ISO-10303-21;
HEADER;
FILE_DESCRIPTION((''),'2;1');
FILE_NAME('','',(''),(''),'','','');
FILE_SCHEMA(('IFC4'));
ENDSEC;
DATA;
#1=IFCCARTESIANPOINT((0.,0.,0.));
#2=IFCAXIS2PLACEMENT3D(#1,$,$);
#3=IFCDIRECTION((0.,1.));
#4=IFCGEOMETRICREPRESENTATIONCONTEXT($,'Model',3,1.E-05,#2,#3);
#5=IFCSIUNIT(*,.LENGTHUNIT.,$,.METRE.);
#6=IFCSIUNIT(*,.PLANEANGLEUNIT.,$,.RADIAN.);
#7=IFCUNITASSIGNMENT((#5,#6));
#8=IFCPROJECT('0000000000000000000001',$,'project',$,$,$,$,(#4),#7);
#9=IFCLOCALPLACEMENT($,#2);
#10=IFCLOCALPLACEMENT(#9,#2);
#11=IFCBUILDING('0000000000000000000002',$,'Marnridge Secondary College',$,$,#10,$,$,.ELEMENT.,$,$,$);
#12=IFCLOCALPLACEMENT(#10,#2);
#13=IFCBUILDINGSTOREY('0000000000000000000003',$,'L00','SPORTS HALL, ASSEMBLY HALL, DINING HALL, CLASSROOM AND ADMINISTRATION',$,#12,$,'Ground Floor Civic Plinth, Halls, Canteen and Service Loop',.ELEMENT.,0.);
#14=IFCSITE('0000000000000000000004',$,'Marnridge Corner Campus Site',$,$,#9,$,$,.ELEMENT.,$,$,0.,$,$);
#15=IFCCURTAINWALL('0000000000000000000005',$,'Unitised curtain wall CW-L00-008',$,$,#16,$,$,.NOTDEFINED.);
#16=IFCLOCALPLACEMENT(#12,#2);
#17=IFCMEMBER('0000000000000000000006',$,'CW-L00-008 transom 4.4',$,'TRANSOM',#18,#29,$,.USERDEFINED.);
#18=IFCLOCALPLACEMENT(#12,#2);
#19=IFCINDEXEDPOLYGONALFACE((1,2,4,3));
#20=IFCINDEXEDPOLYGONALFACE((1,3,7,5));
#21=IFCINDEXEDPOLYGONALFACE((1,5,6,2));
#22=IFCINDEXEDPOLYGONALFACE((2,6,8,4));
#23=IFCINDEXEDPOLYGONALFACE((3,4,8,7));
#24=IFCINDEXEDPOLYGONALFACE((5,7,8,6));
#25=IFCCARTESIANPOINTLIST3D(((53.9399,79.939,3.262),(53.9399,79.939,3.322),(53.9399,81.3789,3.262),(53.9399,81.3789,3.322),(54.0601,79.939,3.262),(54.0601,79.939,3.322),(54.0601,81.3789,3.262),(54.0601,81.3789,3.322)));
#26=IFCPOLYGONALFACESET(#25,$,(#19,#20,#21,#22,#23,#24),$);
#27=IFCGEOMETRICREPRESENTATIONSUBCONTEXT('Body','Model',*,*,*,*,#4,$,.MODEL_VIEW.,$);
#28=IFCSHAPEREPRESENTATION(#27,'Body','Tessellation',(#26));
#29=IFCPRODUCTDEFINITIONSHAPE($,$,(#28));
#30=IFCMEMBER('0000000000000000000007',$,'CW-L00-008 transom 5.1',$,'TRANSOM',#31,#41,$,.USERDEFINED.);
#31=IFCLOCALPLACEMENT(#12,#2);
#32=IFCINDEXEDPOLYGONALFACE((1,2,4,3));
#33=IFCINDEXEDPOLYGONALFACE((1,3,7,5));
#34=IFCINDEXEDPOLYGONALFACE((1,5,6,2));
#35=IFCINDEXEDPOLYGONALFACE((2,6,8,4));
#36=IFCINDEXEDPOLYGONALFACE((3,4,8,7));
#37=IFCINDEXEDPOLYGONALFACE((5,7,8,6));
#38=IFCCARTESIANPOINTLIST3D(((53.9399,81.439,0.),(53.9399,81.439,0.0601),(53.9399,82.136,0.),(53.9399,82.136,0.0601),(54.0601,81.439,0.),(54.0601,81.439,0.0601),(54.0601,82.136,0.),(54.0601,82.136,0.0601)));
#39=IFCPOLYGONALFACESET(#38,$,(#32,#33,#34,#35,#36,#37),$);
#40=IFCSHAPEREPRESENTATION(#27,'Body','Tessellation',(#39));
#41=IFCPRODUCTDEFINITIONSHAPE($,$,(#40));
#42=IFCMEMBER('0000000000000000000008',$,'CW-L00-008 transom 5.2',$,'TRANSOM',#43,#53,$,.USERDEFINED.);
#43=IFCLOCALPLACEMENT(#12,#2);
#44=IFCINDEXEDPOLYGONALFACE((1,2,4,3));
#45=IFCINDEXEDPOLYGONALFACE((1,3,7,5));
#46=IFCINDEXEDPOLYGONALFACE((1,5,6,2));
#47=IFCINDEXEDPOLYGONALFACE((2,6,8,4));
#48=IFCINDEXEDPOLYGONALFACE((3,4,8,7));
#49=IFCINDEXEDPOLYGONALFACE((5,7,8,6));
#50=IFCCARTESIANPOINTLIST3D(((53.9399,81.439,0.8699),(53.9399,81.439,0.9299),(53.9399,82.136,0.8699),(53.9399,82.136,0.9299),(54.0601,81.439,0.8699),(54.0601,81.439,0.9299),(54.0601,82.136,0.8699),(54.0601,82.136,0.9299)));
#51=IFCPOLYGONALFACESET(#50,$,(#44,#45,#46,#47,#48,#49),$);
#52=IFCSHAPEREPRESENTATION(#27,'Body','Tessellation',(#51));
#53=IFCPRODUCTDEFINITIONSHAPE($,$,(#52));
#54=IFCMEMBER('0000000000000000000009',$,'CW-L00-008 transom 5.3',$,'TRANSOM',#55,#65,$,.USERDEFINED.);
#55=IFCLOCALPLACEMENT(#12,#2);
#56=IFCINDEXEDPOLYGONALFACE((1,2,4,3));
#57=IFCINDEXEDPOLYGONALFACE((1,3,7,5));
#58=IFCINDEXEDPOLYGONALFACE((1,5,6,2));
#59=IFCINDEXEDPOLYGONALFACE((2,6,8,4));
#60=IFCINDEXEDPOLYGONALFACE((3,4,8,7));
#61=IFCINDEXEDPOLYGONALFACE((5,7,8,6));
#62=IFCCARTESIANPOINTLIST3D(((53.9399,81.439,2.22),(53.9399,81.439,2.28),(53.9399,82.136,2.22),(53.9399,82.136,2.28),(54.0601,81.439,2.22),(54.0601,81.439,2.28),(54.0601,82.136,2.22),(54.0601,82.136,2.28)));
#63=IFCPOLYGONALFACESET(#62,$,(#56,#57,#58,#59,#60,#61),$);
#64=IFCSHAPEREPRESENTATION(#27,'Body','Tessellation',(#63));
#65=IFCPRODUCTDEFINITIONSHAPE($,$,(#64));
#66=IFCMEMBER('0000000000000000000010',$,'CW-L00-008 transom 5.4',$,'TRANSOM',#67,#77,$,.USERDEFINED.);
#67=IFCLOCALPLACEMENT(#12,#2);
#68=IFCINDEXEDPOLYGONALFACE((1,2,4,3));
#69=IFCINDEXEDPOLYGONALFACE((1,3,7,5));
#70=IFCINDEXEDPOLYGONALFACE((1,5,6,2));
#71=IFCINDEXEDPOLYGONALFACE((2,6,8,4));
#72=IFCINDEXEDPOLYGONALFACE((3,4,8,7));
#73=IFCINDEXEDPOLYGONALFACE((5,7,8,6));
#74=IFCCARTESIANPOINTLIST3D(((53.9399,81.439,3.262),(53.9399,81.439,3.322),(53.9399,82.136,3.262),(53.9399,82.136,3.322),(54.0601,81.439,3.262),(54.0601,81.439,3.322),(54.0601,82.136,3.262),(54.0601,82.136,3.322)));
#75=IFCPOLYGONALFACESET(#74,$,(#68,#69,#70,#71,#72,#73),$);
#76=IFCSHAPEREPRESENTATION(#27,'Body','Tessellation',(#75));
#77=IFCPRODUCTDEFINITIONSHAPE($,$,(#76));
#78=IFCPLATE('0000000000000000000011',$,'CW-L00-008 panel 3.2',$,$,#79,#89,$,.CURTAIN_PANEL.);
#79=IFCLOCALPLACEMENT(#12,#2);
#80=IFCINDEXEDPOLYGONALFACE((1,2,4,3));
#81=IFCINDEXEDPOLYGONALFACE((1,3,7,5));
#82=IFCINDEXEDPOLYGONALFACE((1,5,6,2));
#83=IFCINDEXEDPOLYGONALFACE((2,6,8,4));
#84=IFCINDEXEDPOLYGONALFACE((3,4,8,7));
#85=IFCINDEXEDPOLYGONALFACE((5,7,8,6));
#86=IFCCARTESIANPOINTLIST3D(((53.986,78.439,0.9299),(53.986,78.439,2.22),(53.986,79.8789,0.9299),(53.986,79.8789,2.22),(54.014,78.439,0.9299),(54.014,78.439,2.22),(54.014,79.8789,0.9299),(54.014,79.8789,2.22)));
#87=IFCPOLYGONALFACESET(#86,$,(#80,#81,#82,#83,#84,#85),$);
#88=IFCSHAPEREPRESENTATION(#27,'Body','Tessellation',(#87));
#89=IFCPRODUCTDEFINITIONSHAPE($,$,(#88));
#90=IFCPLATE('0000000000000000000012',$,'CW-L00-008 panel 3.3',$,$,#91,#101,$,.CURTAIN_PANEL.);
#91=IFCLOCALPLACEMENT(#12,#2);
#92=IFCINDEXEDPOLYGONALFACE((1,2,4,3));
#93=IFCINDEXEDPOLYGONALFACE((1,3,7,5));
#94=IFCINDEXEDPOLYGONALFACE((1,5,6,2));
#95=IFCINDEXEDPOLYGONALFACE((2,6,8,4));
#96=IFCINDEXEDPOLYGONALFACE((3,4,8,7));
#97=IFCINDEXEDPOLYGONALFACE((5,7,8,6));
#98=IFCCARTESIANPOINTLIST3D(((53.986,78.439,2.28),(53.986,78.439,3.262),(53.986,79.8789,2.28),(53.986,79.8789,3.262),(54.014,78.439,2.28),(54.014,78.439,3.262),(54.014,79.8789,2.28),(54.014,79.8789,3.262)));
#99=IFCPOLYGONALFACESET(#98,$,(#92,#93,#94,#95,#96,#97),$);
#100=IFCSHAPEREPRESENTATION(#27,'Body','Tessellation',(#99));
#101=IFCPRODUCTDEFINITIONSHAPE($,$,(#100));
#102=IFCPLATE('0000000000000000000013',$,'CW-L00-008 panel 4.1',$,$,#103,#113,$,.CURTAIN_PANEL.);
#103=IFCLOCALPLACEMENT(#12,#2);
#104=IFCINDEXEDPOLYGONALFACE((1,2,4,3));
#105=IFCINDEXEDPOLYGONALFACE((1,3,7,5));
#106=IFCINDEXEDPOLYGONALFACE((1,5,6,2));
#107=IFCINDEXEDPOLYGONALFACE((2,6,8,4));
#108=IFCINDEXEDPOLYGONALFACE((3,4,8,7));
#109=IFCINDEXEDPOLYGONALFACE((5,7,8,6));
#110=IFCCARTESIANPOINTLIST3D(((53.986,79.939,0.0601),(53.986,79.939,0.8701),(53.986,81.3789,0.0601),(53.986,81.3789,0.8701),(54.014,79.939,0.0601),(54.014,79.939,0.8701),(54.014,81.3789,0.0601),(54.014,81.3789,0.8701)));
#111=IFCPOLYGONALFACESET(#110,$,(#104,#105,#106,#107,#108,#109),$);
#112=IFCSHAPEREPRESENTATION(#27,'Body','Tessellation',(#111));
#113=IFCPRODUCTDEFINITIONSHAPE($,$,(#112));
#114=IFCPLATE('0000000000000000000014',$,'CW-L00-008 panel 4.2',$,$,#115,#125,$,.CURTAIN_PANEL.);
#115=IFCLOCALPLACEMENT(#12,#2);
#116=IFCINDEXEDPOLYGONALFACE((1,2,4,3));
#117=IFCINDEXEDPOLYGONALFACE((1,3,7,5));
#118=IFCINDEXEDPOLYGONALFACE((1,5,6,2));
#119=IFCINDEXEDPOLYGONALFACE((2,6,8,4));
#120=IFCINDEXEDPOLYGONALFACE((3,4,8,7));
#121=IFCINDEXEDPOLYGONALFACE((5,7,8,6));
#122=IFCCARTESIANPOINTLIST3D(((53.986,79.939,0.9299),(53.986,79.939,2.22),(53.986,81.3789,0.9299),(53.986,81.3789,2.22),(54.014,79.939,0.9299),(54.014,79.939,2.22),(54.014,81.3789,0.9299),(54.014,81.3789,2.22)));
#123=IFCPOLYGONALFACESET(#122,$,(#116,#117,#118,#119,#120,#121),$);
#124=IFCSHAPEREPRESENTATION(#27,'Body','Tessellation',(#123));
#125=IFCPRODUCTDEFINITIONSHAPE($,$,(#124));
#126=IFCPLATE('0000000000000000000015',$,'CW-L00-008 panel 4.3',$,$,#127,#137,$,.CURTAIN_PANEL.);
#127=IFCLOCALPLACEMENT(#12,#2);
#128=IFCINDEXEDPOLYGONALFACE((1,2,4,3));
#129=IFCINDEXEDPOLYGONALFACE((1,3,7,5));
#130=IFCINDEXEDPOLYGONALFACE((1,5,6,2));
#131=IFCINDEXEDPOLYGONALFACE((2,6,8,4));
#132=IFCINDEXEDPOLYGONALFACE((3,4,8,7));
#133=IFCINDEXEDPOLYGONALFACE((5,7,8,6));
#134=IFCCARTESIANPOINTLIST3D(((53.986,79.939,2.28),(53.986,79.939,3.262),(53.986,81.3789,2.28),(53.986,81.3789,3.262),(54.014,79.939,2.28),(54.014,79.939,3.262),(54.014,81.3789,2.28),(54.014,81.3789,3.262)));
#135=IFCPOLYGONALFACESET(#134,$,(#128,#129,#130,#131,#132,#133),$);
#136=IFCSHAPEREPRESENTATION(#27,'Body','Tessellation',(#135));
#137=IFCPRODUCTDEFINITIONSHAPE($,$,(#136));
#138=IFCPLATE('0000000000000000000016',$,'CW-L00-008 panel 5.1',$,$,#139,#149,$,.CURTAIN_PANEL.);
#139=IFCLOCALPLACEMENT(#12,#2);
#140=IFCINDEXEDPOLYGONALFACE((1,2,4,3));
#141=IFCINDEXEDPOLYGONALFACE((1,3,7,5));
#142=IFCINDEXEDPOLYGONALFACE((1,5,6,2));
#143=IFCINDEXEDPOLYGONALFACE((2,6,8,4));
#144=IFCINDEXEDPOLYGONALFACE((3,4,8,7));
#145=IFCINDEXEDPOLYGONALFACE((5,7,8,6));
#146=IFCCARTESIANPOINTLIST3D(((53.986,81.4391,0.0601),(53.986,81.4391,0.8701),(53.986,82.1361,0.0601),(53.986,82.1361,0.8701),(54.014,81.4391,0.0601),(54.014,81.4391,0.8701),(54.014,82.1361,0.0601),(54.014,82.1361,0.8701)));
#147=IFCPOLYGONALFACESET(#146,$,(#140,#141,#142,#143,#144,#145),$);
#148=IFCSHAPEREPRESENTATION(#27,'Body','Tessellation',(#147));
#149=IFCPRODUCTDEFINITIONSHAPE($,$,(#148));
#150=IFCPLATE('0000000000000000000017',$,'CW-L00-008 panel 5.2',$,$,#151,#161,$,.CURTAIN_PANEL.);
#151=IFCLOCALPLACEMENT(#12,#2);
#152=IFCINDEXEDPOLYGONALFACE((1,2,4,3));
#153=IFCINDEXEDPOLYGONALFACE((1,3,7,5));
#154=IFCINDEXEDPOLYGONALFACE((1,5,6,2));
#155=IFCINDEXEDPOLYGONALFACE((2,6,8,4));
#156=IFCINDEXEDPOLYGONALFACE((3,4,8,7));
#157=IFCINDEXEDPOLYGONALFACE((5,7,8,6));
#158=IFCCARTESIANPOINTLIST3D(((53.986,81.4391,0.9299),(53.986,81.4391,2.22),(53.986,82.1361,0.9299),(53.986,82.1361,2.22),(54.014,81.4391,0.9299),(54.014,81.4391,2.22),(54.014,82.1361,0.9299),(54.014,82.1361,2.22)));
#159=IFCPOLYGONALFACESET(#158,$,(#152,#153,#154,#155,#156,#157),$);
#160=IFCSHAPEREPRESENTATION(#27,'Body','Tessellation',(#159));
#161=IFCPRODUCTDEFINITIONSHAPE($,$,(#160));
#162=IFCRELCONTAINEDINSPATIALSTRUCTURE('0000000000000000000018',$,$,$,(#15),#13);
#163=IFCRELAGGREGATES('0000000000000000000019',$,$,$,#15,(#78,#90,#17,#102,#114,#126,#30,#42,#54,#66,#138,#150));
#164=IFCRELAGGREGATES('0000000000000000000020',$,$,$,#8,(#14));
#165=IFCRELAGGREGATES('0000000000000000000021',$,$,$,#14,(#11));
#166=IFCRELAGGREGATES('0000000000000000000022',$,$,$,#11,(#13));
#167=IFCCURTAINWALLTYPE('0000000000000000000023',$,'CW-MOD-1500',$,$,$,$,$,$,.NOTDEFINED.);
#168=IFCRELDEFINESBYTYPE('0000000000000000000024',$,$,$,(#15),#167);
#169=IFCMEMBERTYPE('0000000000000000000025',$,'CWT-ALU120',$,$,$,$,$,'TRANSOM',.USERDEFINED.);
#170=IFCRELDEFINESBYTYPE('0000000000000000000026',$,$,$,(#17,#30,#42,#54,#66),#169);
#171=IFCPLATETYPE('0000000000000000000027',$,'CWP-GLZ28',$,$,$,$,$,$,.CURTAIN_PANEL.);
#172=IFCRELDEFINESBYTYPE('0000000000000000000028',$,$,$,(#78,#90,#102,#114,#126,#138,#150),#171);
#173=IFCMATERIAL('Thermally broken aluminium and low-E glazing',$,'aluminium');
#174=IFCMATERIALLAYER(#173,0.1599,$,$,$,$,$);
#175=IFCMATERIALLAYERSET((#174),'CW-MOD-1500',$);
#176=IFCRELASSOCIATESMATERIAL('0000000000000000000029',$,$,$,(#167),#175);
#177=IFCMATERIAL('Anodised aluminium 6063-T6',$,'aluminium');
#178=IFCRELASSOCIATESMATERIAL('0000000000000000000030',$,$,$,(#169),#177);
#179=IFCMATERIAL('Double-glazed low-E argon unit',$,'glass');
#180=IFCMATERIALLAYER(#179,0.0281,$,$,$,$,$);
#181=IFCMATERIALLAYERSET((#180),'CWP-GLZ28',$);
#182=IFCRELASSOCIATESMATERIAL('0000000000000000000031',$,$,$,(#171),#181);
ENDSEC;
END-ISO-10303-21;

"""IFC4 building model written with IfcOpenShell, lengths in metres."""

from ifc_helpers import new_model, si_unit, direction, frame, origin, origin_2d, place, context, subcontext, project, spatial, rectangle, extrude, material, layer, layer_set, material_profile, profile_set, type_object, element, aggregate, save


model = new_model("IFC4")

# Units and contexts
model_context = context("Model", 3, precision=1e-05, world=origin(), true_north=direction((0.0, 1.0)))
body_context = subcontext(model_context, "Body", "Model", "MODEL_VIEW")
ifc_project = project(units=[si_unit("LENGTHUNIT", "METRE"), si_unit("PLANEANGLEUNIT", "RADIAN")], contexts=[model_context])

# Site, building, storey
site_placement = place(None, origin())
site = spatial("IfcSite", under=ifc_project, at=site_placement, Name="Marnridge Corner Campus Site", CompositionType="ELEMENT", RefElevation=0.0)
building_placement = place(site_placement, origin())
building = spatial("IfcBuilding", under=site, at=building_placement, Name="Marnridge Secondary College", CompositionType="ELEMENT")
storey_placement = place(building_placement, origin())
storey = spatial("IfcBuildingStorey", under=building, at=storey_placement, Name="L00", Description="SPORTS HALL, ASSEMBLY HALL, DINING HALL, CLASSROOM AND ADMINISTRATION", LongName="Ground Floor Civic Plinth, Halls, Canteen and Service Loop", CompositionType="ELEMENT", Elevation=0.0)

# Curtain wall, members, plates
ifc_material_1 = material(Name="Thermally broken aluminium and low-E glazing", Category="aluminium")
ifc_layer_1 = layer(ifc_material_1, 0.1599)
ifc_layer_set_1 = layer_set([ifc_layer_1], Name="CW-MOD-1500")
curtain_wall_type = type_object("IfcCurtainWallType", Name="CW-MOD-1500", PredefinedType="NOTDEFINED", material=ifc_layer_set_1)
curtain_wall_placement = place(storey_placement, origin())
curtain_wall = element("IfcCurtainWall", 1, at=curtain_wall_placement, inside=storey, type_object=curtain_wall_type, Name="Unitised curtain wall CW-L00-008", PredefinedType="NOTDEFINED")
ifc_material_2 = material(Name="Anodised aluminium 6063-T6", Category="aluminium")
ifc_material_profile_1 = material_profile(ifc_material_2, rectangle(XDim=0.0601, YDim=0.1201, at=origin_2d()), Name="ALU 60x120")
ifc_profile_set_1 = profile_set([ifc_material_profile_1], Name="Anodised aluminium 6063-T6")
member_type_1 = type_object("IfcMemberType", Name="CWT-ALU120", ElementType="TRANSOM", PredefinedType="USERDEFINED", material=ifc_profile_set_1)
member_1_placement = place(storey_placement, frame((54.0, 79.939, 3.292), z_axis=(0.0, 1.0, 0.0), x_axis=(0.0, 0.0, 1.0)))
member_1 = element("IfcMember", 2, at=member_1_placement, type_object=member_type_1, Name="CW-L00-008 transom 4.4", ObjectType="TRANSOM", PredefinedType="USERDEFINED", context=body_context, shape_type="SweptSolid", body=[
    extrude(rectangle(XDim=0.0601, YDim=0.1201, at=origin_2d()), origin(), (0.0, 0.0, 1.0), 1.4399),
])
member_2_placement = place(storey_placement, frame((54.0, 81.439, 0.03), z_axis=(0.0, 1.0, 0.0), x_axis=(0.0, 0.0, 1.0)))
member_2 = element("IfcMember", 3, at=member_2_placement, type_object=member_type_1, Name="CW-L00-008 transom 5.1", ObjectType="TRANSOM", PredefinedType="USERDEFINED", context=body_context, shape_type="SweptSolid", body=[
    extrude(rectangle(XDim=0.0601, YDim=0.1201, at=origin_2d()), origin(), (0.0, 0.0, 1.0), 0.697),
])
member_3_placement = place(storey_placement, frame((54.0, 81.439, 0.8999), z_axis=(0.0, 1.0, 0.0), x_axis=(0.0, 0.0, 1.0)))
member_3 = element("IfcMember", 4, at=member_3_placement, type_object=member_type_1, Name="CW-L00-008 transom 5.2", ObjectType="TRANSOM", PredefinedType="USERDEFINED", context=body_context, shape_type="SweptSolid", body=[
    extrude(rectangle(XDim=0.0601, YDim=0.1201, at=origin_2d()), origin(), (0.0, 0.0, 1.0), 0.697),
])
member_4_placement = place(storey_placement, frame((54.0, 81.439, 2.25), z_axis=(0.0, 1.0, 0.0), x_axis=(0.0, 0.0, 1.0)))
member_4 = element("IfcMember", 5, at=member_4_placement, type_object=member_type_1, Name="CW-L00-008 transom 5.3", ObjectType="TRANSOM", PredefinedType="USERDEFINED", context=body_context, shape_type="SweptSolid", body=[
    extrude(rectangle(XDim=0.0601, YDim=0.1201, at=origin_2d()), origin(), (0.0, 0.0, 1.0), 0.697),
])
member_5_placement = place(storey_placement, frame((54.0, 81.439, 3.292), z_axis=(0.0, 1.0, 0.0), x_axis=(0.0, 0.0, 1.0)))
member_5 = element("IfcMember", 6, at=member_5_placement, type_object=member_type_1, Name="CW-L00-008 transom 5.4", ObjectType="TRANSOM", PredefinedType="USERDEFINED", context=body_context, shape_type="SweptSolid", body=[
    extrude(rectangle(XDim=0.0601, YDim=0.1201, at=origin_2d()), origin(), (0.0, 0.0, 1.0), 0.697),
])
ifc_material_3 = material(Name="Double-glazed low-E argon unit", Category="glass")
ifc_layer_2 = layer(ifc_material_3, 0.0281)
ifc_layer_set_2 = layer_set([ifc_layer_2], Name="CWP-GLZ28")
plate_type = type_object("IfcPlateType", Name="CWP-GLZ28", PredefinedType="CURTAIN_PANEL", material=ifc_layer_set_2)
plate_1_placement = place(storey_placement, frame((54.0, 79.1589, 0.9299), z_axis=(0.0, 0.0, 1.0), x_axis=(0.0, 1.0, 0.0)))
plate_1 = element("IfcPlate", 7, at=plate_1_placement, type_object=plate_type, Name="CW-L00-008 panel 3.2", PredefinedType="CURTAIN_PANEL", context=body_context, shape_type="SweptSolid", body=[
    extrude(rectangle(XDim=1.4399, YDim=0.0281, at=origin_2d()), origin(), (0.0, 0.0, 1.0), 1.29),
])
plate_2_placement = place(storey_placement, frame((54.0, 79.1589, 2.28), z_axis=(0.0, 0.0, 1.0), x_axis=(0.0, 1.0, 0.0)))
plate_2 = element("IfcPlate", 8, at=plate_2_placement, type_object=plate_type, Name="CW-L00-008 panel 3.3", PredefinedType="CURTAIN_PANEL", context=body_context, shape_type="SweptSolid", body=[
    extrude(rectangle(XDim=1.4399, YDim=0.0281, at=origin_2d()), origin(), (0.0, 0.0, 1.0), 0.9819),
])
plate_3_placement = place(storey_placement, frame((54.0, 80.6589, 0.0601), z_axis=(0.0, 0.0, 1.0), x_axis=(0.0, 1.0, 0.0)))
plate_3 = element("IfcPlate", 9, at=plate_3_placement, type_object=plate_type, Name="CW-L00-008 panel 4.1", PredefinedType="CURTAIN_PANEL", context=body_context, shape_type="SweptSolid", body=[
    extrude(rectangle(XDim=1.4399, YDim=0.0281, at=origin_2d()), origin(), (0.0, 0.0, 1.0), 0.8101),
])
plate_4_placement = place(storey_placement, frame((54.0, 80.6589, 0.9299), z_axis=(0.0, 0.0, 1.0), x_axis=(0.0, 1.0, 0.0)))
plate_4 = element("IfcPlate", 10, at=plate_4_placement, type_object=plate_type, Name="CW-L00-008 panel 4.2", PredefinedType="CURTAIN_PANEL", context=body_context, shape_type="SweptSolid", body=[
    extrude(rectangle(XDim=1.4399, YDim=0.0281, at=origin_2d()), origin(), (0.0, 0.0, 1.0), 1.29),
])
plate_5_placement = place(storey_placement, frame((54.0, 80.6589, 2.28), z_axis=(0.0, 0.0, 1.0), x_axis=(0.0, 1.0, 0.0)))
plate_5 = element("IfcPlate", 11, at=plate_5_placement, type_object=plate_type, Name="CW-L00-008 panel 4.3", PredefinedType="CURTAIN_PANEL", context=body_context, shape_type="SweptSolid", body=[
    extrude(rectangle(XDim=1.4399, YDim=0.0281, at=origin_2d()), origin(), (0.0, 0.0, 1.0), 0.9819),
])
plate_6_placement = place(storey_placement, frame((54.0, 81.7876, 0.0601), z_axis=(0.0, 0.0, 1.0), x_axis=(0.0, 1.0, 0.0)))
plate_6 = element("IfcPlate", 12, at=plate_6_placement, type_object=plate_type, Name="CW-L00-008 panel 5.1", PredefinedType="CURTAIN_PANEL", context=body_context, shape_type="SweptSolid", body=[
    extrude(rectangle(XDim=0.697, YDim=0.0281, at=origin_2d()), origin(), (0.0, 0.0, 1.0), 0.8101),
])
plate_7_placement = place(storey_placement, frame((54.0, 81.7876, 0.9299), z_axis=(0.0, 0.0, 1.0), x_axis=(0.0, 1.0, 0.0)))
plate_7 = element("IfcPlate", 13, at=plate_7_placement, type_object=plate_type, Name="CW-L00-008 panel 5.2", PredefinedType="CURTAIN_PANEL", context=body_context, shape_type="SweptSolid", body=[
    extrude(rectangle(XDim=0.697, YDim=0.0281, at=origin_2d()), origin(), (0.0, 0.0, 1.0), 1.29),
])
aggregate(curtain_wall, [plate_1, plate_2, member_1, plate_3, plate_4, plate_5, member_2, member_3, member_4, member_5, plate_6, plate_7])

save(model, "model.ifc")
